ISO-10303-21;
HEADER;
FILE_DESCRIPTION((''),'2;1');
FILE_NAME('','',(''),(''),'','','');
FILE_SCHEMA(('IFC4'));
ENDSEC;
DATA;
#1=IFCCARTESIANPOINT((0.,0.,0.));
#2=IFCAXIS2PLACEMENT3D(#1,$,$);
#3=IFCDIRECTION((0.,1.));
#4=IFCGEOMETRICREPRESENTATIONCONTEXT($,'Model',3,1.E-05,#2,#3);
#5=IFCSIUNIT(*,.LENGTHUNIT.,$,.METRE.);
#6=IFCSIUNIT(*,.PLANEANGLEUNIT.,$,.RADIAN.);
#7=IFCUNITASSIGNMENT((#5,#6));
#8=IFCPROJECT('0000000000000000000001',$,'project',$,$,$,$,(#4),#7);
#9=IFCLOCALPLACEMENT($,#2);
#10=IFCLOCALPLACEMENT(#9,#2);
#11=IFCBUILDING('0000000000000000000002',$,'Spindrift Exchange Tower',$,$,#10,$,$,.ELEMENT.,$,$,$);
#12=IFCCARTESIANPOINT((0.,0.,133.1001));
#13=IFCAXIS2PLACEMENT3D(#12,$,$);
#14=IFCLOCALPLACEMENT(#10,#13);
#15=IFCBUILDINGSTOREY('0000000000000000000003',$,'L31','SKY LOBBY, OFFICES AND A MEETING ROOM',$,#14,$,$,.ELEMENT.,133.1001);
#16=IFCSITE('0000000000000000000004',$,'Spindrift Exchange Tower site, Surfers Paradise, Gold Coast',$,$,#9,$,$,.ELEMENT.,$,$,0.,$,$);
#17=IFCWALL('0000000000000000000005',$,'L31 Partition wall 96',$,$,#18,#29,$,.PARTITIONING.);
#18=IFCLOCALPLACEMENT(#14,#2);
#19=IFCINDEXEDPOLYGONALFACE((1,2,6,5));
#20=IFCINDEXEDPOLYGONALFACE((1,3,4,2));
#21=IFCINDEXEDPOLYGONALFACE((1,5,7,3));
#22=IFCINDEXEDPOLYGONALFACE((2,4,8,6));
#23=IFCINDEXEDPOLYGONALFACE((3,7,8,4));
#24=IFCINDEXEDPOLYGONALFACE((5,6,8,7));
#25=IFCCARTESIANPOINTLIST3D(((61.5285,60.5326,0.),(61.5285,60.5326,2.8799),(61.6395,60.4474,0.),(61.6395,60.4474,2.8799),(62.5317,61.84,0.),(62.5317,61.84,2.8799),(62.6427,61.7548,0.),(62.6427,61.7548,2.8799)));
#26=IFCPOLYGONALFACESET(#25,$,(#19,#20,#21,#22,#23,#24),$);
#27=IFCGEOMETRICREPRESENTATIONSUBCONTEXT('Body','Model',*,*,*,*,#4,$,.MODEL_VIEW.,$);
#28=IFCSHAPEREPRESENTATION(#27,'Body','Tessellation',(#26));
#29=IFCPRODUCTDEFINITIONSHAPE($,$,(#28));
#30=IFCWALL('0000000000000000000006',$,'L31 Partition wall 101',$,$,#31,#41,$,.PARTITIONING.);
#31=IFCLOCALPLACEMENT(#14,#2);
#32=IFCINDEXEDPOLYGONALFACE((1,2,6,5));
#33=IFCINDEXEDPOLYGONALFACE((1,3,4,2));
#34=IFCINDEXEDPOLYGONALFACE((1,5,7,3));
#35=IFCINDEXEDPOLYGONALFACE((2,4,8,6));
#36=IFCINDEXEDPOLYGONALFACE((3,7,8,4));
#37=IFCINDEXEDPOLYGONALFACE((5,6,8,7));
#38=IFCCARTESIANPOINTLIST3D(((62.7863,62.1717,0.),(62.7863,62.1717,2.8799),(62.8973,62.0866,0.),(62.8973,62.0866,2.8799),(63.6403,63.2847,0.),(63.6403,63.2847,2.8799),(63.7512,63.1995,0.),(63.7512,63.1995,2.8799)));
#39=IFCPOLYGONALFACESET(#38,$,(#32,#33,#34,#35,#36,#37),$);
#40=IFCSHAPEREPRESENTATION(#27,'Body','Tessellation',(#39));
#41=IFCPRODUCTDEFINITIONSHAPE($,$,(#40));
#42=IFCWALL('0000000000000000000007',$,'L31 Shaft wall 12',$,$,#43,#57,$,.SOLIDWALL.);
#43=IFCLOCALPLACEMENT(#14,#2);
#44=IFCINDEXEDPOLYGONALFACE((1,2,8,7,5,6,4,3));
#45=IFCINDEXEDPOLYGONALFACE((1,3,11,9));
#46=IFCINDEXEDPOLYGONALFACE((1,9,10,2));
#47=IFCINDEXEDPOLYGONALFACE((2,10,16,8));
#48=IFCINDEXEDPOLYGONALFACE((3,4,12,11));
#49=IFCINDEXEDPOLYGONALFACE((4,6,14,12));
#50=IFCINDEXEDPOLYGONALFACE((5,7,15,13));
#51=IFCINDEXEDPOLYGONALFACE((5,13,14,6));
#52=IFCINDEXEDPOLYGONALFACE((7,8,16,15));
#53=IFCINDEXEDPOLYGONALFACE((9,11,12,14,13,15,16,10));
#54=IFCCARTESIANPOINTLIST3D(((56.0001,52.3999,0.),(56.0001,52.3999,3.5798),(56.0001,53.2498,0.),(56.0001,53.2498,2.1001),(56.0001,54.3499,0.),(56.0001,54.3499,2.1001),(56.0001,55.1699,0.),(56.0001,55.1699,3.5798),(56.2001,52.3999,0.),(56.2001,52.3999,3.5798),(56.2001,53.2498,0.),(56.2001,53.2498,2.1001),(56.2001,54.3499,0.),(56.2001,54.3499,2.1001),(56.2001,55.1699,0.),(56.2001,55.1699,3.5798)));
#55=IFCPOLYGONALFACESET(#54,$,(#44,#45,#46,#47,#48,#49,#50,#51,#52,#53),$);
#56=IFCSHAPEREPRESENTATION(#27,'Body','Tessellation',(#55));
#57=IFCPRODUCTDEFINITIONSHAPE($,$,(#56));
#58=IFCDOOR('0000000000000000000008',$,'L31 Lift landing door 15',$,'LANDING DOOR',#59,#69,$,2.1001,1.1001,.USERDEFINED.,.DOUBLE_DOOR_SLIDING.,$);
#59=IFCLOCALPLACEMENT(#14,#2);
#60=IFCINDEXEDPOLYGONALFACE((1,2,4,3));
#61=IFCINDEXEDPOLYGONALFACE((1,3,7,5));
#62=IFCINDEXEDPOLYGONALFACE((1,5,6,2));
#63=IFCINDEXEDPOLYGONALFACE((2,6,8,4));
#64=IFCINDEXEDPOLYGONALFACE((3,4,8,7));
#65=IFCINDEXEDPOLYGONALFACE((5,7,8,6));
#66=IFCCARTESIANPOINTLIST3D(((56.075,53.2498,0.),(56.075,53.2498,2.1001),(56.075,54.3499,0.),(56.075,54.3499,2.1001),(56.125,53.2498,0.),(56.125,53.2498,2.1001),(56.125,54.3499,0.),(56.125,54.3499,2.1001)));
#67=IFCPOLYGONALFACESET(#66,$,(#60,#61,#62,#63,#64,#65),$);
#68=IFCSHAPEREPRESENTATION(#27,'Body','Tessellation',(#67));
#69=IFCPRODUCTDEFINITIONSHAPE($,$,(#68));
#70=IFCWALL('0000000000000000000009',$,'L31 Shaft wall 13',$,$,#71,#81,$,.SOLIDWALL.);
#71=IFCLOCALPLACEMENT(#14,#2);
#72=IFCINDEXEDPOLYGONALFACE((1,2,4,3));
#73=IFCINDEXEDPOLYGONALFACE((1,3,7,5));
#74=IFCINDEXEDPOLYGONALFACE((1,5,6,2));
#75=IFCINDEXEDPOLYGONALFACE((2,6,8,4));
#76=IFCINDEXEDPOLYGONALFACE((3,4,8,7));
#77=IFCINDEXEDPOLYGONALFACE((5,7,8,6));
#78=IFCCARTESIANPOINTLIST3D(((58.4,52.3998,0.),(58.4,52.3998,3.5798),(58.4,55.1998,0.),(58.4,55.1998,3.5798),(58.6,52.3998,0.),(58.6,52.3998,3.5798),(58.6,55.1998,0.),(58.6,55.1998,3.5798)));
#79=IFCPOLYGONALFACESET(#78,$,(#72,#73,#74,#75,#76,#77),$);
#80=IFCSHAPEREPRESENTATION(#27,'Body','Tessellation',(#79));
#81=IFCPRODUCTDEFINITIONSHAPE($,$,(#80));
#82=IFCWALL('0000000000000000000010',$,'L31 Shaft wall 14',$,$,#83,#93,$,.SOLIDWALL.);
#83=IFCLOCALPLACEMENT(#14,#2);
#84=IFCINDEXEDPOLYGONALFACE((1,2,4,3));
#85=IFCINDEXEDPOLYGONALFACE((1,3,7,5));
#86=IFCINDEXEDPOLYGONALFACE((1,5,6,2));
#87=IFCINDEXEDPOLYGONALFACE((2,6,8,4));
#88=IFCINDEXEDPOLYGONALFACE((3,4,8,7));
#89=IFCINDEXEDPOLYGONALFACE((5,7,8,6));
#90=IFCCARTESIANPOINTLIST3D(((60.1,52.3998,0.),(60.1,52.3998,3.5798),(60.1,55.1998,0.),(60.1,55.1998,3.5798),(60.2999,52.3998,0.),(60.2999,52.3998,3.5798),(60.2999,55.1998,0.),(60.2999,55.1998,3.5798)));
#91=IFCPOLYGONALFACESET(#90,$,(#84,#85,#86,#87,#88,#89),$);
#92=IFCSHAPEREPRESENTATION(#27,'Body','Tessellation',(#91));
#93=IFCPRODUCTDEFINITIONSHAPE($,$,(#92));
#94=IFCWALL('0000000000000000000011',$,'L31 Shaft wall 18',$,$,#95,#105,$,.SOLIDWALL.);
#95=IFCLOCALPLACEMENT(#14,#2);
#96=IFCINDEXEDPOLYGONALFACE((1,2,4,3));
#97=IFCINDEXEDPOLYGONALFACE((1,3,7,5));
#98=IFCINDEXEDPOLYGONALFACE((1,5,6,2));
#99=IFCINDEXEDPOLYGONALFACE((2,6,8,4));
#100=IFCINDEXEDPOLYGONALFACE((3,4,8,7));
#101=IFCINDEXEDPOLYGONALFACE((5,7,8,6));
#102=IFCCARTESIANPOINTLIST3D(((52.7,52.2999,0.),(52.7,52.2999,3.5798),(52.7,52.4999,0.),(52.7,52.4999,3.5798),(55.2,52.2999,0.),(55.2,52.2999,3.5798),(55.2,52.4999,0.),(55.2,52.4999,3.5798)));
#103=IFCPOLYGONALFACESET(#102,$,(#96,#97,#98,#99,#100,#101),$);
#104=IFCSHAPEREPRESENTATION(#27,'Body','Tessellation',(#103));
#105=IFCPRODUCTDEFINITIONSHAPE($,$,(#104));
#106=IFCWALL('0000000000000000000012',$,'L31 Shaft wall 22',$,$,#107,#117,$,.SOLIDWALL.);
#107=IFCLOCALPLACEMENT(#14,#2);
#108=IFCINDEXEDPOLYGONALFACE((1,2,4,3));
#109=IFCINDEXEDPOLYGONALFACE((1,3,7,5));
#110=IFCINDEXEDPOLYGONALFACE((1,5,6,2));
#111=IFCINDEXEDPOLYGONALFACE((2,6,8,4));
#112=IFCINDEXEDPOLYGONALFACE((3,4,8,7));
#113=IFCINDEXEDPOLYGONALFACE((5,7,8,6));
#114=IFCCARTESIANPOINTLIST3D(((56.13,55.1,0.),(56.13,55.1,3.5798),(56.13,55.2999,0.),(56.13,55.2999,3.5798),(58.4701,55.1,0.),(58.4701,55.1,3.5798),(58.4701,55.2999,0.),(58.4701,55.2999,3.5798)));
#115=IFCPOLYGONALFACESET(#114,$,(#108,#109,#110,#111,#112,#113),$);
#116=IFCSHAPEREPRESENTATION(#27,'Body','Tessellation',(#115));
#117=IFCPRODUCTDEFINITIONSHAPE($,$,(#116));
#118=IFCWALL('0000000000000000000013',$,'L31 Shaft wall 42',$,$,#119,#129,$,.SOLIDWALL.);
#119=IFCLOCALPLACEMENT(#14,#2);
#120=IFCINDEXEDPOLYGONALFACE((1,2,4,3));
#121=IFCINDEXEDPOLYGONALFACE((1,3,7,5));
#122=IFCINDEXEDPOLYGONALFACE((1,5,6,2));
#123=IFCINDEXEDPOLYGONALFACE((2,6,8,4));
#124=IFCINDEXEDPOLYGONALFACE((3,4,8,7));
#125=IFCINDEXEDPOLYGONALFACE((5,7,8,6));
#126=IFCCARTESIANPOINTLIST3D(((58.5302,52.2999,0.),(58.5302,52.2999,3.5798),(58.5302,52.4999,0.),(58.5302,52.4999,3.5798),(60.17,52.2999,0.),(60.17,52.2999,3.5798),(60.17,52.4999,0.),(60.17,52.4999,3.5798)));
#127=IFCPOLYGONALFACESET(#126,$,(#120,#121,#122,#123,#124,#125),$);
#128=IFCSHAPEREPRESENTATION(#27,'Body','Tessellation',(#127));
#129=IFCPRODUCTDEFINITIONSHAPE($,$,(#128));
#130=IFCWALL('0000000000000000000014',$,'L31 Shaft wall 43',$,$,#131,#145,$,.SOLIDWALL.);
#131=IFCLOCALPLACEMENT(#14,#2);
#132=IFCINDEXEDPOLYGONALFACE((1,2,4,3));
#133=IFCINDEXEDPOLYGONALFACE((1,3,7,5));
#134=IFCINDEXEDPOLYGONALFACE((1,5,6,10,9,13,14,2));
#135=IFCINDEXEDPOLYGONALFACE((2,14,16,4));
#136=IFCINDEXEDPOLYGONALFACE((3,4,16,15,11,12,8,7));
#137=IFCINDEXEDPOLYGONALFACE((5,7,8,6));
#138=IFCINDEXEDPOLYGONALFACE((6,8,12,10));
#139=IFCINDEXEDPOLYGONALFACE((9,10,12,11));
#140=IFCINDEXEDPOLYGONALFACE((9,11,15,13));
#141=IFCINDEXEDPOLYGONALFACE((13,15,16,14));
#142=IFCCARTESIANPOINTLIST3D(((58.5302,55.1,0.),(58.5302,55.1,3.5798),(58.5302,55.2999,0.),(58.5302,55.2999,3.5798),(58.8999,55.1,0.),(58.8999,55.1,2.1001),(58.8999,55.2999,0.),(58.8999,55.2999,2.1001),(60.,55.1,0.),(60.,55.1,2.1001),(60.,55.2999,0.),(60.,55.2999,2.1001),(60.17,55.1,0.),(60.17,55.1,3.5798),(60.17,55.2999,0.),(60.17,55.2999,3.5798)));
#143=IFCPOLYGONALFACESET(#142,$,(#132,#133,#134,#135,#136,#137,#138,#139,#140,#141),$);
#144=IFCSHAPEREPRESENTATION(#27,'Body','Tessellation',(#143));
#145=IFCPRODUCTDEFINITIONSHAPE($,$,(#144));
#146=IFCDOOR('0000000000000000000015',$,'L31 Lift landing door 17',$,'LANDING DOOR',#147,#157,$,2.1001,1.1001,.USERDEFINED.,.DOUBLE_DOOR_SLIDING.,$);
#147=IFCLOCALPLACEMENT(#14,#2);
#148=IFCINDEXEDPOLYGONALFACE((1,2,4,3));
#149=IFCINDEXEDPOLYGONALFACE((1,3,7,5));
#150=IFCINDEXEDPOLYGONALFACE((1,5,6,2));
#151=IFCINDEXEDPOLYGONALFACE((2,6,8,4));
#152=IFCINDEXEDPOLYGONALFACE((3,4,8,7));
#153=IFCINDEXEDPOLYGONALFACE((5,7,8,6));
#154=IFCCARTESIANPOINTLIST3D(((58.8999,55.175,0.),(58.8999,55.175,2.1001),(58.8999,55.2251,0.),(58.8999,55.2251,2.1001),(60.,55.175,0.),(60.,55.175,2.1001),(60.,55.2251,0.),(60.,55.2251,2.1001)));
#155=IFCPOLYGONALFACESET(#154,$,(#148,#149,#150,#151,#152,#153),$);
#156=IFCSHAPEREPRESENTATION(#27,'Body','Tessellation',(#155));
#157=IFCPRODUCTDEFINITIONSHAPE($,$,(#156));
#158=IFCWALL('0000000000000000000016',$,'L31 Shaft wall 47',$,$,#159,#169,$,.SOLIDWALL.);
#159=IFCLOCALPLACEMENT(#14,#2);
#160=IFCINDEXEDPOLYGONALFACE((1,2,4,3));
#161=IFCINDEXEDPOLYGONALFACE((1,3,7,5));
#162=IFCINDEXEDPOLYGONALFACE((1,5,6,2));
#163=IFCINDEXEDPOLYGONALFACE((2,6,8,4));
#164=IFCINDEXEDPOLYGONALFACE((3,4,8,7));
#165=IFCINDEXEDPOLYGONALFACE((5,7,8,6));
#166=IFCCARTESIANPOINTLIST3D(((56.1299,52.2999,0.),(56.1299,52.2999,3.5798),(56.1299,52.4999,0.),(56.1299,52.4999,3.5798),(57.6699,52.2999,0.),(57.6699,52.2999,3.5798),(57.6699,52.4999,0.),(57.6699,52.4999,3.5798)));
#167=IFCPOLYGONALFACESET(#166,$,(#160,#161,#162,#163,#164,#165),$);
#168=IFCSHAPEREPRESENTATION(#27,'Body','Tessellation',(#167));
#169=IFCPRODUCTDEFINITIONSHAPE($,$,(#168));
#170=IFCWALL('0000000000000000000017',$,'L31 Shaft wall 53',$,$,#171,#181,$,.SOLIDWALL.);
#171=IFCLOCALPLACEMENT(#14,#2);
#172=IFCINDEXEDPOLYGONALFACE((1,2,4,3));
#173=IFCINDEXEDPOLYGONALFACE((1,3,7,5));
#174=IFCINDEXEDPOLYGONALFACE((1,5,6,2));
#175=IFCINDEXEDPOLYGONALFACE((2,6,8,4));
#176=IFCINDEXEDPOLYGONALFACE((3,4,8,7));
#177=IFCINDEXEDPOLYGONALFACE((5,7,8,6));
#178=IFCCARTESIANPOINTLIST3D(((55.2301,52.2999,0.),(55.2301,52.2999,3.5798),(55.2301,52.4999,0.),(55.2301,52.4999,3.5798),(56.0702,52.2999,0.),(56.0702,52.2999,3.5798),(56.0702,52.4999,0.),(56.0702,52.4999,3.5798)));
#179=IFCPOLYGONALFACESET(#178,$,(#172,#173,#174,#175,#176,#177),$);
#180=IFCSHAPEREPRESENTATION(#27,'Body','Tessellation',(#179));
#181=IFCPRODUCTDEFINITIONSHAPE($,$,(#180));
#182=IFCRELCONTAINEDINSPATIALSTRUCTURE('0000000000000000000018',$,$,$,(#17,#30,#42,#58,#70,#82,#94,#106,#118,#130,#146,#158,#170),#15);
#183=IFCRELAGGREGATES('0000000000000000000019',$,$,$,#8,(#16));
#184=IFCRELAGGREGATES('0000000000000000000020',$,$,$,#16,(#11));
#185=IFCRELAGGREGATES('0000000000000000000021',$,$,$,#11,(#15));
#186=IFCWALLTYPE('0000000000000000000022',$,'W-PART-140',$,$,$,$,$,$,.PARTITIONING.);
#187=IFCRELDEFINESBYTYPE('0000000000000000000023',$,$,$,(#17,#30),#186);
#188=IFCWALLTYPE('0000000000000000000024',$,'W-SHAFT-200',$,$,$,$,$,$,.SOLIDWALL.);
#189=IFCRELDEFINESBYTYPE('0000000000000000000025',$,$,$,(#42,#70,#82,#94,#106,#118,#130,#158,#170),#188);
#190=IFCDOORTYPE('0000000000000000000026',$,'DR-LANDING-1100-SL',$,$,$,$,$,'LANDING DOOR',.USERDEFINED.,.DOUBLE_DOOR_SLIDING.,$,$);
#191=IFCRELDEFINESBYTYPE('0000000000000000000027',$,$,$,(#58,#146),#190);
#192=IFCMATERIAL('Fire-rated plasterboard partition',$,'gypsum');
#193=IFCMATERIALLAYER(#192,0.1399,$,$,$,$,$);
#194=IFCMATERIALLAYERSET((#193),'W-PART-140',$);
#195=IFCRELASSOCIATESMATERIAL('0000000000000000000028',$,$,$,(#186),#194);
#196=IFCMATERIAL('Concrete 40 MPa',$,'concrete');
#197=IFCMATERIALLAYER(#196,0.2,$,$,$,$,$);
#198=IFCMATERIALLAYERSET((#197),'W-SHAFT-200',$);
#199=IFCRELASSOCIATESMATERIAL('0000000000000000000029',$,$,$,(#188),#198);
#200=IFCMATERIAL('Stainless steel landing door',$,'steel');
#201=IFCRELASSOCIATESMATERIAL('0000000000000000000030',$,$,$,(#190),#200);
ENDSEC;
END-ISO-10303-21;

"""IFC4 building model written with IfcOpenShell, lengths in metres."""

from ifc_helpers import new_model, si_unit, direction, frame, frame_2d, origin, place, context, subcontext, project, spatial, rectangle, extrude, source, transform, mapped, material, layer, layer_set, type_object, element, fill, save


model = new_model("IFC4")

# Units and contexts
model_context = context("Model", 3, precision=1e-05, world=origin(), true_north=direction((0.0, 1.0)))
body_context = subcontext(model_context, "Body", "Model", "MODEL_VIEW")
ifc_project = project(units=[si_unit("LENGTHUNIT", "METRE"), si_unit("PLANEANGLEUNIT", "RADIAN")], contexts=[model_context])

# Site, building, storey
site_placement = place(None, origin())
site = spatial("IfcSite", under=ifc_project, at=site_placement, Name="Spindrift Exchange Tower site, Surfers Paradise, Gold Coast", CompositionType="ELEMENT", RefElevation=0.0)
building_placement = place(site_placement, origin())
building = spatial("IfcBuilding", under=site, at=building_placement, Name="Spindrift Exchange Tower", CompositionType="ELEMENT")
storey_placement = place(building_placement, frame((0.0, 0.0, 133.1001)))
storey = spatial("IfcBuildingStorey", under=building, at=storey_placement, Name="L31", Description="SKY LOBBY, OFFICES AND A MEETING ROOM", CompositionType="ELEMENT", Elevation=133.1001)

# Walls
ifc_material_1 = material(Name="Fire-rated plasterboard partition", Category="gypsum")
ifc_layer_1 = layer(ifc_material_1, 0.1399)
ifc_layer_set_1 = layer_set([ifc_layer_1], Name="W-PART-140")
wall_type_1 = type_object("IfcWallType", Name="W-PART-140", PredefinedType="PARTITIONING", material=ifc_layer_set_1)
wall_1_placement = place(storey_placement, frame((61.584, 60.49, 0.0), z_axis=(0.0, 0.0, 1.0), x_axis=(0.608758, 0.793356, 0.0)))
element("IfcWall", 1, at=wall_1_placement, inside=storey, type_object=wall_type_1, Name="L31 Partition wall 96", PredefinedType="PARTITIONING", context=body_context, shape_type="SweptSolid", body=[
    extrude(rectangle(XDim=1.6479, YDim=0.1399, at=frame_2d((0.824, 0.0))), origin(), (0.0, 0.0, 1.0), 2.8799),
])
wall_2_placement = place(storey_placement, frame((62.8418, 62.1292, 0.0), z_axis=(0.0, 0.0, 1.0), x_axis=(0.608735, 0.793374, 0.0)))
element("IfcWall", 2, at=wall_2_placement, inside=storey, type_object=wall_type_1, Name="L31 Partition wall 101", PredefinedType="PARTITIONING", context=body_context, shape_type="SweptSolid", body=[
    extrude(rectangle(XDim=1.4028, YDim=0.1399, at=frame_2d((0.7014, 0.0))), origin(), (0.0, 0.0, 1.0), 2.8799),
])

# Wall, opening, door
ifc_material_2 = material(Name="Concrete 40 MPa", Category="concrete")
ifc_layer_2 = layer(ifc_material_2, 0.2)
ifc_layer_set_2 = layer_set([ifc_layer_2], Name="W-SHAFT-200")
wall_type_2 = type_object("IfcWallType", Name="W-SHAFT-200", PredefinedType="SOLIDWALL", material=ifc_layer_set_2)
wall_3_placement = place(storey_placement, frame((56.1001, 55.1699, 0.0), z_axis=(0.0, 0.0, 1.0), x_axis=(0.0, -1.0, 0.0)))
wall_3 = element("IfcWall", 3, at=wall_3_placement, inside=storey, type_object=wall_type_2, Name="L31 Shaft wall 12", PredefinedType="SOLIDWALL", context=body_context, shape_type="SweptSolid", body=[
    extrude(rectangle(XDim=2.77, YDim=0.2, at=frame_2d((1.385, 0.0))), origin(), (0.0, 0.0, 1.0), 3.5798),
])
opening_1_placement = place(wall_3_placement, frame((0.8201, 0.0, 0.0)))
opening_1 = element("IfcOpeningElement", 4, at=opening_1_placement, cuts=wall_3, PredefinedType="OPENING", context=body_context, shape_type="SweptSolid", body=[
    extrude(rectangle(XDim=1.1001, YDim=2.1001, at=frame_2d((0.55, 1.05))), frame((0.0, 0.1099, 0.0), z_axis=(0.0, -1.0, 0.0), x_axis=(1.0, 0.0, 0.0)), (0.0, 0.0, 1.0), 0.22),
])
ifc_material_3 = material(Name="Stainless steel landing door", Category="steel")
door_type_1 = type_object("IfcDoorType", Name="DR-LANDING-1100-SL", ElementType="LANDING DOOR", OperationType="DOUBLE_DOOR_SLIDING", PredefinedType="USERDEFINED", material=ifc_material_3)
shared_shape_1 = source(origin(), body_context, "Body", "SweptSolid", [
    extrude(rectangle(XDim=1.1001, YDim=2.1001, at=frame_2d((0.55, 1.05))), frame((0.0, 0.0249, 0.0), z_axis=(0.0, -1.0, 0.0), x_axis=(1.0, 0.0, 0.0)), (0.0, 0.0, 1.0), 0.05),
])
door_1_placement = place(opening_1_placement, origin())
door_1 = element("IfcDoor", 5, at=door_1_placement, inside=storey, type_object=door_type_1, Name="L31 Lift landing door 15", ObjectType="LANDING DOOR", OperationType="DOUBLE_DOOR_SLIDING", OverallHeight=2.1001, OverallWidth=1.1001, PredefinedType="USERDEFINED", context=body_context, shape_type="MappedRepresentation", body=[
    mapped(shared_shape_1, transform((0.0, 0.0, 0.0), scale=1.0)),
])
fill(opening_1, door_1)

# Walls
for number, where, z_axis, x_axis, name in (
    (6, (58.5, 52.3999, 0.0), (0.0, 0.0, 1.0), (0.0, 1.0, 0.0), "L31 Shaft wall 13"),
    (7, (60.2, 52.3999, 0.0), (0.0, 0.0, 1.0), (0.0, 1.0, 0.0), "L31 Shaft wall 14"),
):
    element("IfcWall", number, at=place(storey_placement, frame(where, z_axis=z_axis, x_axis=x_axis)), inside=storey, type_object=wall_type_2, Name=name, PredefinedType="SOLIDWALL", context=body_context, shape_type="SweptSolid", body=[
        extrude(rectangle(XDim=2.8, YDim=0.2, at=frame_2d((1.3999, 0.0))), origin(), (0.0, 0.0, 1.0), 3.5798),
    ])
wall_4_placement = place(storey_placement, frame((55.2, 52.3999, 0.0), z_axis=(0.0, 0.0, 1.0), x_axis=(-1.0, 0.0, 0.0)))
element("IfcWall", 8, at=wall_4_placement, inside=storey, type_object=wall_type_2, Name="L31 Shaft wall 18", PredefinedType="SOLIDWALL", context=body_context, shape_type="SweptSolid", body=[
    extrude(rectangle(XDim=2.5, YDim=0.2, at=frame_2d((1.25, 0.0))), origin(), (0.0, 0.0, 1.0), 3.5798),
])
wall_5_placement = place(storey_placement, frame((58.47, 55.2, 0.0), z_axis=(0.0, 0.0, 1.0), x_axis=(-1.0, 0.0, 0.0)))
element("IfcWall", 9, at=wall_5_placement, inside=storey, type_object=wall_type_2, Name="L31 Shaft wall 22", PredefinedType="SOLIDWALL", context=body_context, shape_type="SweptSolid", body=[
    extrude(rectangle(XDim=2.3401, YDim=0.2, at=frame_2d((1.1699, 0.0))), origin(), (0.0, 0.0, 1.0), 3.5798),
])
wall_6_placement = place(storey_placement, frame((60.1699, 52.3999, 0.0), z_axis=(0.0, 0.0, 1.0), x_axis=(-1.0, 0.0, 0.0)))
element("IfcWall", 10, at=wall_6_placement, inside=storey, type_object=wall_type_2, Name="L31 Shaft wall 42", PredefinedType="SOLIDWALL", context=body_context, shape_type="SweptSolid", body=[
    extrude(rectangle(XDim=1.6399, YDim=0.2, at=frame_2d((0.8198, 0.0))), origin(), (0.0, 0.0, 1.0), 3.5798),
])

# Wall, opening, door
wall_7_placement = place(storey_placement, frame((60.1699, 55.2, 0.0), z_axis=(0.0, 0.0, 1.0), x_axis=(-1.0, 0.0, 0.0)))
wall_7 = element("IfcWall", 11, at=wall_7_placement, inside=storey, type_object=wall_type_2, Name="L31 Shaft wall 43", PredefinedType="SOLIDWALL", context=body_context, shape_type="SweptSolid", body=[
    extrude(rectangle(XDim=1.6399, YDim=0.2, at=frame_2d((0.8198, 0.0))), origin(), (0.0, 0.0, 1.0), 3.5798),
])
opening_2_placement = place(wall_7_placement, frame((0.1699, 0.0, 0.0)))
opening_2 = element("IfcOpeningElement", 12, at=opening_2_placement, cuts=wall_7, PredefinedType="OPENING", context=body_context, shape_type="SweptSolid", body=[
    extrude(rectangle(XDim=1.1001, YDim=2.1001, at=frame_2d((0.55, 1.05))), frame((0.0, 0.1099, 0.0), z_axis=(0.0, -1.0, 0.0), x_axis=(1.0, 0.0, 0.0)), (0.0, 0.0, 1.0), 0.22),
])
door_2_placement = place(opening_2_placement, origin())
door_2 = element("IfcDoor", 13, at=door_2_placement, inside=storey, type_object=door_type_1, Name="L31 Lift landing door 17", ObjectType="LANDING DOOR", OperationType="DOUBLE_DOOR_SLIDING", OverallHeight=2.1001, OverallWidth=1.1001, PredefinedType="USERDEFINED", context=body_context, shape_type="MappedRepresentation", body=[
    mapped(shared_shape_1, transform((0.0, 0.0, 0.0), scale=1.0)),
])
fill(opening_2, door_2)

# Walls
wall_8_placement = place(storey_placement, frame((57.6699, 52.3999, 0.0), z_axis=(0.0, 0.0, 1.0), x_axis=(-1.0, 0.0, 0.0)))
element("IfcWall", 14, at=wall_8_placement, inside=storey, type_object=wall_type_2, Name="L31 Shaft wall 47", PredefinedType="SOLIDWALL", context=body_context, shape_type="SweptSolid", body=[
    extrude(rectangle(XDim=1.54, YDim=0.2, at=frame_2d((0.77, 0.0))), origin(), (0.0, 0.0, 1.0), 3.5798),
])
wall_9_placement = place(storey_placement, frame((56.0701, 52.3999, 0.0), z_axis=(0.0, 0.0, 1.0), x_axis=(-1.0, 0.0, 0.0)))
element("IfcWall", 15, at=wall_9_placement, inside=storey, type_object=wall_type_2, Name="L31 Shaft wall 53", PredefinedType="SOLIDWALL", context=body_context, shape_type="SweptSolid", body=[
    extrude(rectangle(XDim=0.8401, YDim=0.2, at=frame_2d((0.4199, 0.0))), origin(), (0.0, 0.0, 1.0), 3.5798),
])

save(model, "model.ifc")
